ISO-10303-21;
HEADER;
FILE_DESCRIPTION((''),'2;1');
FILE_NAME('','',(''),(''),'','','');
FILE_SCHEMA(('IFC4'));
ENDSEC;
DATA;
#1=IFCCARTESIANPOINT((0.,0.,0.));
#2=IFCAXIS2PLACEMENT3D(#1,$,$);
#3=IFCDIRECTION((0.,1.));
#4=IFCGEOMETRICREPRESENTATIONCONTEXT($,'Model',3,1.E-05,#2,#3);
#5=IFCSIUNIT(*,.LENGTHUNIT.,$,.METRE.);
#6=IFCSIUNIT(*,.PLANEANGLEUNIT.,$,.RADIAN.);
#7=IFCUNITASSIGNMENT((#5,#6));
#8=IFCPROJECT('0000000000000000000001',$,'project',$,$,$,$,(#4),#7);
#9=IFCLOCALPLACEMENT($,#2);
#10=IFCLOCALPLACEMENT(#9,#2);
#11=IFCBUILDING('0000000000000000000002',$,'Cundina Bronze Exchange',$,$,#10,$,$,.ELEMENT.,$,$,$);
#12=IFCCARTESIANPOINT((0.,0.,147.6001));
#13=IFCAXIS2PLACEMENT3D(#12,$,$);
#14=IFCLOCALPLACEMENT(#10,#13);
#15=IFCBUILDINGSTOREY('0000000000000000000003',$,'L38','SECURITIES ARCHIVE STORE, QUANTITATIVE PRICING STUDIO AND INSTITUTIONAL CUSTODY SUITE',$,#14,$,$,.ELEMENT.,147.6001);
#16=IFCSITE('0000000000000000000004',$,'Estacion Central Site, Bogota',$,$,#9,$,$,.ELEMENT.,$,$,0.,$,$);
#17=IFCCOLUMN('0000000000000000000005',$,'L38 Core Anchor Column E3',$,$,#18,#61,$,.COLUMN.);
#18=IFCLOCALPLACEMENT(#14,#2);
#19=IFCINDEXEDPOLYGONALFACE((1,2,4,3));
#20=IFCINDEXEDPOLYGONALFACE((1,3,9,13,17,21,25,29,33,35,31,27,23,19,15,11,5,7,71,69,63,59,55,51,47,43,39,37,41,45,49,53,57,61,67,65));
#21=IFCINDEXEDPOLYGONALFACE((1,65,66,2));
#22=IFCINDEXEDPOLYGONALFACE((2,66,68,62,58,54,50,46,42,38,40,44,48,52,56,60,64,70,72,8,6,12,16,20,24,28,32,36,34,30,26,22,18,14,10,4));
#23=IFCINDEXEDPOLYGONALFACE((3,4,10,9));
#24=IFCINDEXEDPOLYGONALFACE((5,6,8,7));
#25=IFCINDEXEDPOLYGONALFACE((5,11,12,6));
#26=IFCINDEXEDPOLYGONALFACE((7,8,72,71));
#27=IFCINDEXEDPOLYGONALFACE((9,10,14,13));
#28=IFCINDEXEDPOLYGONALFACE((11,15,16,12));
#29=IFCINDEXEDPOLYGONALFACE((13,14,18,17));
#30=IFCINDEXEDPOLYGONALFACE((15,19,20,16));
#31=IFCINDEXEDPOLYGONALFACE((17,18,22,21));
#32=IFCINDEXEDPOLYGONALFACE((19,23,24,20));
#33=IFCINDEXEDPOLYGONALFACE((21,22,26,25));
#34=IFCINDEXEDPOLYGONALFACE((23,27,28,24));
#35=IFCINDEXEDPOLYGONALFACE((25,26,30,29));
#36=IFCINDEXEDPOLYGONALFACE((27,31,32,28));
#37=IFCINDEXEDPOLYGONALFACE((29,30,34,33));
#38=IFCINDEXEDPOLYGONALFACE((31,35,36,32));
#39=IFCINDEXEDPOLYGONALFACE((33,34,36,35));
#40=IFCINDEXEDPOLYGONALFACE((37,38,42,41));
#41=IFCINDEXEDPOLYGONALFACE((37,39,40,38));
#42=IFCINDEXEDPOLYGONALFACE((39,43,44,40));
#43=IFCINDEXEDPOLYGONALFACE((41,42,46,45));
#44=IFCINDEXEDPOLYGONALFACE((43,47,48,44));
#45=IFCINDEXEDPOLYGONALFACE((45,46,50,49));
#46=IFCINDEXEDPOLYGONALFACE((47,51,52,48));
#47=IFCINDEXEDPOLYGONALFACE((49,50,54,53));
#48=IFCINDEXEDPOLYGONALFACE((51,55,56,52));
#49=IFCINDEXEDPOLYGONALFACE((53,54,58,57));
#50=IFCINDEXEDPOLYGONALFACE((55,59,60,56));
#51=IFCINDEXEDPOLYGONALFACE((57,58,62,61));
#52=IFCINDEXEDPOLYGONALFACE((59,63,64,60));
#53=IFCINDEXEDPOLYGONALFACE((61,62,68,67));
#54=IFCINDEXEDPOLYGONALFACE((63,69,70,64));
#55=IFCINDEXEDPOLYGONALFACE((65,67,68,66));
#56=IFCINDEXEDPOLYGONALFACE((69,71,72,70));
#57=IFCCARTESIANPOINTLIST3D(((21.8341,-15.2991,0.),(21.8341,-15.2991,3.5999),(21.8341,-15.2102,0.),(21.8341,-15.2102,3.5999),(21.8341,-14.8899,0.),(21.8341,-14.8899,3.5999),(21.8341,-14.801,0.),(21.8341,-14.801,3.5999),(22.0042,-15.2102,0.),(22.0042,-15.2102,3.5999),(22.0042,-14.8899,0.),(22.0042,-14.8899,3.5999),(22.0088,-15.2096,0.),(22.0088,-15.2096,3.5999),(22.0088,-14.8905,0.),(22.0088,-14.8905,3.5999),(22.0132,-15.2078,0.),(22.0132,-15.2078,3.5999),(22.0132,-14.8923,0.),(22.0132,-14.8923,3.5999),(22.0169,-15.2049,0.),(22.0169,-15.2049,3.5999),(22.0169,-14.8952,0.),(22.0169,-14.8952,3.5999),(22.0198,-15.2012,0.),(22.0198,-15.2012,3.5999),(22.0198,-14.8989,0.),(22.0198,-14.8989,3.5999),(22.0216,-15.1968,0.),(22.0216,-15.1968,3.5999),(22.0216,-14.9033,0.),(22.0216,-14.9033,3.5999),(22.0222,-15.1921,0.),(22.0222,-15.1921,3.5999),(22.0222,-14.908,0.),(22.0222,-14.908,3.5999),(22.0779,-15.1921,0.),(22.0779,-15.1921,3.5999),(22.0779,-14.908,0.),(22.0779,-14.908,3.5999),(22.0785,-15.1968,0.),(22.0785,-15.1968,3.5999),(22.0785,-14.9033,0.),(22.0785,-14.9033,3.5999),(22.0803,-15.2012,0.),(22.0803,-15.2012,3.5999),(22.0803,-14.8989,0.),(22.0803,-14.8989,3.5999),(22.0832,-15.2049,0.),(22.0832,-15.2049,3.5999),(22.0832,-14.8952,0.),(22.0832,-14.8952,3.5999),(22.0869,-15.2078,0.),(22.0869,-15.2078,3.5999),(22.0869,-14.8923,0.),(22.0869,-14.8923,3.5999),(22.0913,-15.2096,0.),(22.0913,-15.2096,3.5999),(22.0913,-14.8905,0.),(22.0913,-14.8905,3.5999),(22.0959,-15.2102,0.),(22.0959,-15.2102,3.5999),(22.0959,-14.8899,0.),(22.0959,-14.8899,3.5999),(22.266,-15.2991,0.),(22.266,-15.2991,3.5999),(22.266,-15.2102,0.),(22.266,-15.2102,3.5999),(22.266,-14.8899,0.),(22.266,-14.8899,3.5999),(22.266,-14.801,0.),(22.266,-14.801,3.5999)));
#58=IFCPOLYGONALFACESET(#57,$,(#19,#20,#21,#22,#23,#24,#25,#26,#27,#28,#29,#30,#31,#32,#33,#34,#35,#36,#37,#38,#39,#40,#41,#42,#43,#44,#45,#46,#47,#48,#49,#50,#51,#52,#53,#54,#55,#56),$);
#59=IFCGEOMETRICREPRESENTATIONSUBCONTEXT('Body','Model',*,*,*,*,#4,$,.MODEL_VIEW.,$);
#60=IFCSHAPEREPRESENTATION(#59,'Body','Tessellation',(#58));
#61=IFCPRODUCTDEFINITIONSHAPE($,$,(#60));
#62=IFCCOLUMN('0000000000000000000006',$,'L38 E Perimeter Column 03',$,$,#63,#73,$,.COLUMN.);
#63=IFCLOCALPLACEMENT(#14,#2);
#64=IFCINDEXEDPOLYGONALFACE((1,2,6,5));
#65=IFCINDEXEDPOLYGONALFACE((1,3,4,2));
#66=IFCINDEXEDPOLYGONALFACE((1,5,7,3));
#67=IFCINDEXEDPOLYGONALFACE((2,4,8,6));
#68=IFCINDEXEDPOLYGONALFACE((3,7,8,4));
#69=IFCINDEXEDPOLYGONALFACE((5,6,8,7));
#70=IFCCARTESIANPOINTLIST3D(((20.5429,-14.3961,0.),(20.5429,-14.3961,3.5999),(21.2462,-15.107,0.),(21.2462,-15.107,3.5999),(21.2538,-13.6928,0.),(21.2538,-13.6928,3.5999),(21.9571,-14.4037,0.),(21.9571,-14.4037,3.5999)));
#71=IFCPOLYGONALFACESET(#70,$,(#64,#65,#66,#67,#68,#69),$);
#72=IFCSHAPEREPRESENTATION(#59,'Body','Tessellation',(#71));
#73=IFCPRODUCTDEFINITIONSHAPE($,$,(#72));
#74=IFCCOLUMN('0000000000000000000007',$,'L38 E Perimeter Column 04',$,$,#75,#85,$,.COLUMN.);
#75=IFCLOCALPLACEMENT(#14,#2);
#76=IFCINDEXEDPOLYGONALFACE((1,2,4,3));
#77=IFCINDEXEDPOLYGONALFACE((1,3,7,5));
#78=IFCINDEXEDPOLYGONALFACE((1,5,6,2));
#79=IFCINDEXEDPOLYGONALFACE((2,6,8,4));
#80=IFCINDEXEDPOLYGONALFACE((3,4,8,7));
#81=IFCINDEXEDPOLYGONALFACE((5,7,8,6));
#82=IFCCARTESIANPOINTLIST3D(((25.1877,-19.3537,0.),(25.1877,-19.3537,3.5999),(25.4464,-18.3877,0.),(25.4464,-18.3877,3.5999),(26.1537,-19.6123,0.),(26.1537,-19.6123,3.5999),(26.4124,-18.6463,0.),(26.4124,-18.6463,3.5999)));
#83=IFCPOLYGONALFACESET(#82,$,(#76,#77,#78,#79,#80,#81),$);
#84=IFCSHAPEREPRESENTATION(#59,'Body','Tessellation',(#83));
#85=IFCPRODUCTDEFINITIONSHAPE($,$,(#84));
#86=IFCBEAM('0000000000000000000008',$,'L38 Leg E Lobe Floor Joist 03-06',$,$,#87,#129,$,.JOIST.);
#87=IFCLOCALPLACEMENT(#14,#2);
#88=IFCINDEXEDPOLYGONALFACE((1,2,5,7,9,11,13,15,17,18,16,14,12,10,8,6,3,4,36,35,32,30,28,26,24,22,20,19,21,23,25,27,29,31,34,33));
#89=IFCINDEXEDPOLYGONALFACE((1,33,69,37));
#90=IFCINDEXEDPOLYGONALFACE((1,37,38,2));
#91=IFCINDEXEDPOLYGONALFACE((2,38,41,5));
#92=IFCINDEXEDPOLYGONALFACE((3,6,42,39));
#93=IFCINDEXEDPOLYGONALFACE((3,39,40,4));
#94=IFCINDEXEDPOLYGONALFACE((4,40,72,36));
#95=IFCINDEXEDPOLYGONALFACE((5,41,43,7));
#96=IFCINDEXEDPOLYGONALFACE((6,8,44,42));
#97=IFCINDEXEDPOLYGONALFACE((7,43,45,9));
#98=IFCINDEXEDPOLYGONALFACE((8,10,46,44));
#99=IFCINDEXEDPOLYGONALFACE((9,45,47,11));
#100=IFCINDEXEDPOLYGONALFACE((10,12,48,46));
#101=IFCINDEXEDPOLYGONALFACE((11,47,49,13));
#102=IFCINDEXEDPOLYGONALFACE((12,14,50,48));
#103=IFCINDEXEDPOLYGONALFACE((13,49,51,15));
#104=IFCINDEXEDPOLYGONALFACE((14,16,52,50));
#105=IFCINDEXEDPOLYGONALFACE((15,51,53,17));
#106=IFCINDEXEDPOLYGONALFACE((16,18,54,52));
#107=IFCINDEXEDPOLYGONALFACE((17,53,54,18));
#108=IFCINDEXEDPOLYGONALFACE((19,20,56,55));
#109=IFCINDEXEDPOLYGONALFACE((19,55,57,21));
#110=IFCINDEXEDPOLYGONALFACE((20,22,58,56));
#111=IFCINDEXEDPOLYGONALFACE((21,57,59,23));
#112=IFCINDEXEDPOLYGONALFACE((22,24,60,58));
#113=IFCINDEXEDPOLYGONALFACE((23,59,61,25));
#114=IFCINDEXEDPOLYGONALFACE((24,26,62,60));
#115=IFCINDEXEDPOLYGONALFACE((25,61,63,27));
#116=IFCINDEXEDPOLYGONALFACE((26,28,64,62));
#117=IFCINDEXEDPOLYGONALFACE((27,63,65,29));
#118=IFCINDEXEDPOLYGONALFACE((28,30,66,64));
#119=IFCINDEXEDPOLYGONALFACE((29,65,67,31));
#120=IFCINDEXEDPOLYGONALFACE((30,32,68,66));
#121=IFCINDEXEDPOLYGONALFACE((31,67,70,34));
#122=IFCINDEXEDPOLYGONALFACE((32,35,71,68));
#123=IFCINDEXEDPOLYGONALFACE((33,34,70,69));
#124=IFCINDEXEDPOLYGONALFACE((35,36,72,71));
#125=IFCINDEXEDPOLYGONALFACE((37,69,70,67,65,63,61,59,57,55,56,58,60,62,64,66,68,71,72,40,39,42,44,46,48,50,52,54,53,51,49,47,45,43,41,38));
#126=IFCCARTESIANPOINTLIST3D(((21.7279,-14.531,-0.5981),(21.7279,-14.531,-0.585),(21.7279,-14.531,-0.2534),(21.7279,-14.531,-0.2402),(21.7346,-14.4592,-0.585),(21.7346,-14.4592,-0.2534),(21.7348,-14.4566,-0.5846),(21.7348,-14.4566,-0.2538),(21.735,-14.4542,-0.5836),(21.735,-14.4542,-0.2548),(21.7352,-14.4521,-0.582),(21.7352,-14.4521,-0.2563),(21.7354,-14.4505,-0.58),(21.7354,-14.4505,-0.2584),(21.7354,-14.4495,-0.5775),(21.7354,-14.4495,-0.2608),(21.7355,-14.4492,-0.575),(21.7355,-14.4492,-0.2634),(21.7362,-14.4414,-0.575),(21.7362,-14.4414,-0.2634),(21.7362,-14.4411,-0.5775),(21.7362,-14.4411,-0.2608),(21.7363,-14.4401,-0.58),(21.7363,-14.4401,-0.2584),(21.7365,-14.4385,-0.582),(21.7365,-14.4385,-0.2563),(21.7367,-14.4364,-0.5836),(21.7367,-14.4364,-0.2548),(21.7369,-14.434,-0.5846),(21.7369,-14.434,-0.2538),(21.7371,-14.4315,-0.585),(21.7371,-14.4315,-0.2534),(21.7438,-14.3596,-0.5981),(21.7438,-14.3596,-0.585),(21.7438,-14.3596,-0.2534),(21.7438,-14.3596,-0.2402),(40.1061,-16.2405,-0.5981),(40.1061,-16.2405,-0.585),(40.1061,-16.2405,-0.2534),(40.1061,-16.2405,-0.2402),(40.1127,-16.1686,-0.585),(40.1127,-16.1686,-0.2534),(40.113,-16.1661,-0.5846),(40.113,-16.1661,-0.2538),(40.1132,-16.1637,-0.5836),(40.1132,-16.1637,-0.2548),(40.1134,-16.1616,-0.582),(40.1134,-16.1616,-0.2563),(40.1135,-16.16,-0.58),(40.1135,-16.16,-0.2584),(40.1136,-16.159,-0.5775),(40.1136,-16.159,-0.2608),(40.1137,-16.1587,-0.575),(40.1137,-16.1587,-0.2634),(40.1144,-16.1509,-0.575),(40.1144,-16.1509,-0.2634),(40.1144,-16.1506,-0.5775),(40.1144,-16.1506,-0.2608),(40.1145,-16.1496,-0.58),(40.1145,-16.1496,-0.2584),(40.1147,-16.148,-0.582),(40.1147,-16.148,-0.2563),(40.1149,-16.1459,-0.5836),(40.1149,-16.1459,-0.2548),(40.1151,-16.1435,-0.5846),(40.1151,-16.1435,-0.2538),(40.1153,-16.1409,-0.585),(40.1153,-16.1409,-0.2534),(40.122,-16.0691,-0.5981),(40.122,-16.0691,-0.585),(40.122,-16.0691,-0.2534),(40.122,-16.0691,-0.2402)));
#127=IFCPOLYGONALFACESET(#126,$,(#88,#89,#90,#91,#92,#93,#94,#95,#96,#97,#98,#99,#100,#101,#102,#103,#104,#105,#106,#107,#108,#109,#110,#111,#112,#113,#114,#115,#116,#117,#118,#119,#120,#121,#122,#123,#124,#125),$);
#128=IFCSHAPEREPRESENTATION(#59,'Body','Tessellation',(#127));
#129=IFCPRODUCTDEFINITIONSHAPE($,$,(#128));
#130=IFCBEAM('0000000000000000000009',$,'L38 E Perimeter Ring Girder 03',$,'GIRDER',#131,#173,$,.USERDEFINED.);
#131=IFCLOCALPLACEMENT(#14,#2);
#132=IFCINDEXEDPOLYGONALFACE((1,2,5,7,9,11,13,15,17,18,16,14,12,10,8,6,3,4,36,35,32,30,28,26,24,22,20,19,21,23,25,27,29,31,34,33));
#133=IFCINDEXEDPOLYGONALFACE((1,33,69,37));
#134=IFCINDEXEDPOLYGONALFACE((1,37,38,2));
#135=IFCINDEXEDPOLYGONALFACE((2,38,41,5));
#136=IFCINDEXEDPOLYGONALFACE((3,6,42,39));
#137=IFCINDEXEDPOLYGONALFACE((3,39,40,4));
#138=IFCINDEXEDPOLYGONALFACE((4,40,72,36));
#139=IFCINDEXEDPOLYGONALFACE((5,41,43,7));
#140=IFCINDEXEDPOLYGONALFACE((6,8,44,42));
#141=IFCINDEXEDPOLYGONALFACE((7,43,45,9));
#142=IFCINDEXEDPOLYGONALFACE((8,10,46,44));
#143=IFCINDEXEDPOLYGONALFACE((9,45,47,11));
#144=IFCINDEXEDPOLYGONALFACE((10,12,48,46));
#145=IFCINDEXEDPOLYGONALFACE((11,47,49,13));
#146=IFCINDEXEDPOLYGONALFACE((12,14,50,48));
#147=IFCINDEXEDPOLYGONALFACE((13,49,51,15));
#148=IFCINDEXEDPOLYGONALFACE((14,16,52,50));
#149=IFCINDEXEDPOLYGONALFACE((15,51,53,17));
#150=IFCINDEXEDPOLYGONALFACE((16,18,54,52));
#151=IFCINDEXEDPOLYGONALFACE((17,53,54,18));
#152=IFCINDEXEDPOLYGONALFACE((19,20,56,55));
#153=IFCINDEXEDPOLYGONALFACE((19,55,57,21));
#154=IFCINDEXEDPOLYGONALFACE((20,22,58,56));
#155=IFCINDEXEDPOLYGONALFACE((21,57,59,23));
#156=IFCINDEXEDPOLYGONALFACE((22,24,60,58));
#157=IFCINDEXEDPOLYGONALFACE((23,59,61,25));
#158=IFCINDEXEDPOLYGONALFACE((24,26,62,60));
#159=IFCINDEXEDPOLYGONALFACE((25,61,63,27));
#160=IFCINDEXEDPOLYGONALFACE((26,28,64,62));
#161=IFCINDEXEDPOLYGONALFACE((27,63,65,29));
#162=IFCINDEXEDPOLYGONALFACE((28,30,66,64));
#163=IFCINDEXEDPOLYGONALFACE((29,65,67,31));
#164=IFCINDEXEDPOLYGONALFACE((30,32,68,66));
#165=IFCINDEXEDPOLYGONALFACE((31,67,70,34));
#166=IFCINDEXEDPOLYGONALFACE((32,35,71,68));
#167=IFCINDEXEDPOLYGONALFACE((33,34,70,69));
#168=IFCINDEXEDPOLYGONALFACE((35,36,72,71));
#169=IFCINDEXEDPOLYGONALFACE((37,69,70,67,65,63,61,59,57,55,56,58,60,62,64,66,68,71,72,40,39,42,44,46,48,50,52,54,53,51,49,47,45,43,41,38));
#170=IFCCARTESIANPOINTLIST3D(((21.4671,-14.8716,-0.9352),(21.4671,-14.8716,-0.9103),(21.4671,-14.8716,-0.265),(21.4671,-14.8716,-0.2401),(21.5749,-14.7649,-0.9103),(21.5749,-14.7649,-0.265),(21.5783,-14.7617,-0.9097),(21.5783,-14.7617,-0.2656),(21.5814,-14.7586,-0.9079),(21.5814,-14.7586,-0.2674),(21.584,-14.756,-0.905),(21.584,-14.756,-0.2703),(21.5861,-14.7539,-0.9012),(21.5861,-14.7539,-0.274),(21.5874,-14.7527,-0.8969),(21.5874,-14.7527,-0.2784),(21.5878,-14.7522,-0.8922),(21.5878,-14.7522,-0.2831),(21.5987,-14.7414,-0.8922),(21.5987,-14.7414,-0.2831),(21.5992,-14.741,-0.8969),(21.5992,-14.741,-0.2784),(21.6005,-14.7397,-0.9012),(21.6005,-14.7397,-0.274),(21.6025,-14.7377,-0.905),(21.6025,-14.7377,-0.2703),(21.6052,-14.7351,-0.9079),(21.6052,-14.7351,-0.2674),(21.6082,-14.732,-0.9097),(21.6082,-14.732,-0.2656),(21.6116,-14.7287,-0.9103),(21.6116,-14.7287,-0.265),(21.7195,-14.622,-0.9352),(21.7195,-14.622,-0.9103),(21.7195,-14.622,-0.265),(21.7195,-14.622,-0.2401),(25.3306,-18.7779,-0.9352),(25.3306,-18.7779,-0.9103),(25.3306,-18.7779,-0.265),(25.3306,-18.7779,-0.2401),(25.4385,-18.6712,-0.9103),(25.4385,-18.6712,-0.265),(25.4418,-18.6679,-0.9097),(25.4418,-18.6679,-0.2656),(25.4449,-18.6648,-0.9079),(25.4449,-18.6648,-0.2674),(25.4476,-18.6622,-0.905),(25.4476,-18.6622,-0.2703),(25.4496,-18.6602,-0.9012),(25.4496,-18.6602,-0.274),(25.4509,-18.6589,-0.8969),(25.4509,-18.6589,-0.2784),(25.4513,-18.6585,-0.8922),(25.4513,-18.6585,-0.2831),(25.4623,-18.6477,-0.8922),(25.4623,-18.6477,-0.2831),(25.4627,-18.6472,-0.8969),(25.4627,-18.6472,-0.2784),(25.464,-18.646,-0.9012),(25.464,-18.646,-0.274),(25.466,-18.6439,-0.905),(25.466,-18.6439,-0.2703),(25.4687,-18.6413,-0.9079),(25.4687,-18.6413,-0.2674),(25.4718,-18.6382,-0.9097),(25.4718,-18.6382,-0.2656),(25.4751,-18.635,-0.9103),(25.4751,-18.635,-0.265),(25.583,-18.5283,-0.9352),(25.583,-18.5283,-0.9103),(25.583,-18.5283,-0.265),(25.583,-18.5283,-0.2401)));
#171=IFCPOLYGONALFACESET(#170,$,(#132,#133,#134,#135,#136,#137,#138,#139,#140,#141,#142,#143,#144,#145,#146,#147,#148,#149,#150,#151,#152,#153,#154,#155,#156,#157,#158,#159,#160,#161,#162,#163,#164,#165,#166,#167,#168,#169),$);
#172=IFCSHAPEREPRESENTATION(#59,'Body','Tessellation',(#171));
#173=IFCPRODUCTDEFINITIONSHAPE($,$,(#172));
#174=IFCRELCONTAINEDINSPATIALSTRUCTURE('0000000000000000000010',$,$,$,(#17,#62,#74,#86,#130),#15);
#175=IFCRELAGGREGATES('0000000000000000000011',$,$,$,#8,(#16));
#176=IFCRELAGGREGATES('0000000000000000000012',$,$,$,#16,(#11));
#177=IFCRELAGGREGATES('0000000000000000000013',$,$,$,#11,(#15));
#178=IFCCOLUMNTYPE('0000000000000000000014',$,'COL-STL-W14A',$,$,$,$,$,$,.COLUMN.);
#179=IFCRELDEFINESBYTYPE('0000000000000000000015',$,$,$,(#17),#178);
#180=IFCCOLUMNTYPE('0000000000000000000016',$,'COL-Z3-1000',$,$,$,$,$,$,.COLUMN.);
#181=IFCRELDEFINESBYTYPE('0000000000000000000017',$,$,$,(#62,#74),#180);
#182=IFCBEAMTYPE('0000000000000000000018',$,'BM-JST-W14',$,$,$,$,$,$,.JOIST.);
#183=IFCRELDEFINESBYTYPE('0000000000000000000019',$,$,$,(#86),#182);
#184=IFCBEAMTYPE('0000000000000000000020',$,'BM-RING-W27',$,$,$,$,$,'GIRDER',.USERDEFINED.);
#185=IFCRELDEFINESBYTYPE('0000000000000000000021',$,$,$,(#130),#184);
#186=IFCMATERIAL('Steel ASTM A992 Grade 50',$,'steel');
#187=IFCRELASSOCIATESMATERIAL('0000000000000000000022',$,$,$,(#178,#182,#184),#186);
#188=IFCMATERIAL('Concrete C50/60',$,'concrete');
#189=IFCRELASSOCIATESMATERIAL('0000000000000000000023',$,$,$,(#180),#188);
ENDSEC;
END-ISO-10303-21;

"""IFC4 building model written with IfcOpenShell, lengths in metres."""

from ifc_helpers import new_model, si_unit, direction, frame, origin, origin_2d, place, context, subcontext, project, spatial, rectangle, i_section, extrude, material, material_profile, profile_set, type_object, element, save


model = new_model("IFC4")

# Units and contexts
model_context = context("Model", 3, precision=1e-05, world=origin(), true_north=direction((0.0, 1.0)))
body_context = subcontext(model_context, "Body", "Model", "MODEL_VIEW")
ifc_project = project(units=[si_unit("LENGTHUNIT", "METRE"), si_unit("PLANEANGLEUNIT", "RADIAN")], contexts=[model_context])

# Site, building, storey
site_placement = place(None, origin())
site = spatial("IfcSite", under=ifc_project, at=site_placement, Name="Estacion Central Site, Bogota", CompositionType="ELEMENT", RefElevation=0.0)
building_placement = place(site_placement, origin())
building = spatial("IfcBuilding", under=site, at=building_placement, Name="Cundina Bronze Exchange", CompositionType="ELEMENT")
storey_placement = place(building_placement, frame((0.0, 0.0, 147.6001)))
storey = spatial("IfcBuildingStorey", under=building, at=storey_placement, Name="L38", Description="SECURITIES ARCHIVE STORE, QUANTITATIVE PRICING STUDIO AND INSTITUTIONAL CUSTODY SUITE", CompositionType="ELEMENT", Elevation=147.6001)

# Columns
ifc_material_1 = material(Name="Steel ASTM A992 Grade 50", Category="steel")
ifc_material_profile_1 = material_profile(ifc_material_1, i_section(OverallWidth=0.4319, OverallDepth=0.498, WebThickness=0.0557, FlangeThickness=0.0889, FilletRadius=0.0181, at=origin_2d()), Name="W14X500", Category="steel")
ifc_profile_set_1 = profile_set([ifc_material_profile_1], Name="Steel ASTM A992 Grade 50")
column_type_1 = type_object("IfcColumnType", Name="COL-STL-W14A", PredefinedType="COLUMN", material=ifc_profile_set_1)
column_placement = place(storey_placement, frame((22.05, -15.05, 0.0), z_axis=(0.0, 0.0, 1.0), x_axis=(1.0, 0.0, 0.0)))
element("IfcColumn", 1, at=column_placement, inside=storey, type_object=column_type_1, Name="L38 Core Anchor Column E3", PredefinedType="COLUMN", context=body_context, shape_type="SweptSolid", body=[
    extrude(i_section(OverallWidth=0.4319, OverallDepth=0.498, WebThickness=0.0557, FlangeThickness=0.0889, FilletRadius=0.0181, at=origin_2d()), origin(), (0.0, 0.0, 1.0), 3.5999),
])
ifc_material_2 = material(Name="Concrete C50/60", Category="concrete")
ifc_material_profile_2 = material_profile(ifc_material_2, rectangle(XDim=1.0, YDim=1.0, at=origin_2d()), Name="RC1000X1000", Category="concrete")
ifc_profile_set_2 = profile_set([ifc_material_profile_2], Name="Concrete C50/60")
column_type_2 = type_object("IfcColumnType", Name="COL-Z3-1000", PredefinedType="COLUMN", material=ifc_profile_set_2)
for number, where, z_axis, x_axis, name in (
    (2, (21.25, -14.3999, 0.0), (0.0, 0.0, 1.0), (0.703271, -0.710922, 0.0), "L38 E Perimeter Column 03"),
    (3, (25.8, -19.0, 0.0), (0.0, 0.0, 1.0), (0.965971, -0.25865, 0.0), "L38 E Perimeter Column 04"),
):
    element("IfcColumn", number, at=place(storey_placement, frame(where, z_axis=z_axis, x_axis=x_axis)), inside=storey, type_object=column_type_2, Name=name, PredefinedType="COLUMN", context=body_context, shape_type="SweptSolid", body=[
        extrude(rectangle(XDim=1.0, YDim=1.0, at=origin_2d()), origin(), (0.0, 0.0, 1.0), 3.5999),
    ])

# Beams
ifc_material_profile_3 = material_profile(ifc_material_1, i_section(OverallWidth=0.1721, OverallDepth=0.3579, WebThickness=0.0078, FlangeThickness=0.0132, FilletRadius=0.01, at=origin_2d()), Name="W14X38", Category="steel")
ifc_profile_set_3 = profile_set([ifc_material_profile_3], Name="Steel ASTM A992 Grade 50")
beam_type_1 = type_object("IfcBeamType", Name="BM-JST-W14", PredefinedType="JOIST", material=ifc_profile_set_3)
beam_1_placement = place(storey_placement, frame((21.7358, -14.4453, -0.4192), z_axis=(0.995702, -0.092617, 0.0), x_axis=(0.092617, 0.995702, 0.0)))
element("IfcBeam", 4, at=beam_1_placement, inside=storey, type_object=beam_type_1, Name="L38 Leg E Lobe Floor Joist 03-06", PredefinedType="JOIST", context=body_context, shape_type="SweptSolid", body=[
    extrude(i_section(OverallWidth=0.1721, OverallDepth=0.3579, WebThickness=0.0078, FlangeThickness=0.0132, FilletRadius=0.01, at=origin_2d()), origin(), (0.0, 0.0, 1.0), 18.4575),
])
ifc_material_profile_4 = material_profile(ifc_material_1, i_section(OverallWidth=0.355, OverallDepth=0.6951, WebThickness=0.0154, FlangeThickness=0.0249, FilletRadius=0.0181, at=origin_2d()), Name="W27X146", Category="steel")
ifc_profile_set_4 = profile_set([ifc_material_profile_4], Name="Steel ASTM A992 Grade 50")
beam_type_2 = type_object("IfcBeamType", Name="BM-RING-W27", ElementType="GIRDER", PredefinedType="USERDEFINED", material=ifc_profile_set_4)
beam_2_placement = place(storey_placement, frame((21.5933, -14.7468, -0.5876), z_axis=(0.703208, -0.710984, 0.0), x_axis=(0.710984, 0.703208, 0.0)))
element("IfcBeam", 5, at=beam_2_placement, inside=storey, type_object=beam_type_2, Name="L38 E Perimeter Ring Girder 03", ObjectType="GIRDER", PredefinedType="USERDEFINED", context=body_context, shape_type="SweptSolid", body=[
    extrude(i_section(OverallWidth=0.355, OverallDepth=0.6951, WebThickness=0.0154, FlangeThickness=0.0249, FilletRadius=0.0181, at=origin_2d()), origin(), (0.0, 0.0, 1.0), 5.4941),
])

save(model, "model.ifc")
